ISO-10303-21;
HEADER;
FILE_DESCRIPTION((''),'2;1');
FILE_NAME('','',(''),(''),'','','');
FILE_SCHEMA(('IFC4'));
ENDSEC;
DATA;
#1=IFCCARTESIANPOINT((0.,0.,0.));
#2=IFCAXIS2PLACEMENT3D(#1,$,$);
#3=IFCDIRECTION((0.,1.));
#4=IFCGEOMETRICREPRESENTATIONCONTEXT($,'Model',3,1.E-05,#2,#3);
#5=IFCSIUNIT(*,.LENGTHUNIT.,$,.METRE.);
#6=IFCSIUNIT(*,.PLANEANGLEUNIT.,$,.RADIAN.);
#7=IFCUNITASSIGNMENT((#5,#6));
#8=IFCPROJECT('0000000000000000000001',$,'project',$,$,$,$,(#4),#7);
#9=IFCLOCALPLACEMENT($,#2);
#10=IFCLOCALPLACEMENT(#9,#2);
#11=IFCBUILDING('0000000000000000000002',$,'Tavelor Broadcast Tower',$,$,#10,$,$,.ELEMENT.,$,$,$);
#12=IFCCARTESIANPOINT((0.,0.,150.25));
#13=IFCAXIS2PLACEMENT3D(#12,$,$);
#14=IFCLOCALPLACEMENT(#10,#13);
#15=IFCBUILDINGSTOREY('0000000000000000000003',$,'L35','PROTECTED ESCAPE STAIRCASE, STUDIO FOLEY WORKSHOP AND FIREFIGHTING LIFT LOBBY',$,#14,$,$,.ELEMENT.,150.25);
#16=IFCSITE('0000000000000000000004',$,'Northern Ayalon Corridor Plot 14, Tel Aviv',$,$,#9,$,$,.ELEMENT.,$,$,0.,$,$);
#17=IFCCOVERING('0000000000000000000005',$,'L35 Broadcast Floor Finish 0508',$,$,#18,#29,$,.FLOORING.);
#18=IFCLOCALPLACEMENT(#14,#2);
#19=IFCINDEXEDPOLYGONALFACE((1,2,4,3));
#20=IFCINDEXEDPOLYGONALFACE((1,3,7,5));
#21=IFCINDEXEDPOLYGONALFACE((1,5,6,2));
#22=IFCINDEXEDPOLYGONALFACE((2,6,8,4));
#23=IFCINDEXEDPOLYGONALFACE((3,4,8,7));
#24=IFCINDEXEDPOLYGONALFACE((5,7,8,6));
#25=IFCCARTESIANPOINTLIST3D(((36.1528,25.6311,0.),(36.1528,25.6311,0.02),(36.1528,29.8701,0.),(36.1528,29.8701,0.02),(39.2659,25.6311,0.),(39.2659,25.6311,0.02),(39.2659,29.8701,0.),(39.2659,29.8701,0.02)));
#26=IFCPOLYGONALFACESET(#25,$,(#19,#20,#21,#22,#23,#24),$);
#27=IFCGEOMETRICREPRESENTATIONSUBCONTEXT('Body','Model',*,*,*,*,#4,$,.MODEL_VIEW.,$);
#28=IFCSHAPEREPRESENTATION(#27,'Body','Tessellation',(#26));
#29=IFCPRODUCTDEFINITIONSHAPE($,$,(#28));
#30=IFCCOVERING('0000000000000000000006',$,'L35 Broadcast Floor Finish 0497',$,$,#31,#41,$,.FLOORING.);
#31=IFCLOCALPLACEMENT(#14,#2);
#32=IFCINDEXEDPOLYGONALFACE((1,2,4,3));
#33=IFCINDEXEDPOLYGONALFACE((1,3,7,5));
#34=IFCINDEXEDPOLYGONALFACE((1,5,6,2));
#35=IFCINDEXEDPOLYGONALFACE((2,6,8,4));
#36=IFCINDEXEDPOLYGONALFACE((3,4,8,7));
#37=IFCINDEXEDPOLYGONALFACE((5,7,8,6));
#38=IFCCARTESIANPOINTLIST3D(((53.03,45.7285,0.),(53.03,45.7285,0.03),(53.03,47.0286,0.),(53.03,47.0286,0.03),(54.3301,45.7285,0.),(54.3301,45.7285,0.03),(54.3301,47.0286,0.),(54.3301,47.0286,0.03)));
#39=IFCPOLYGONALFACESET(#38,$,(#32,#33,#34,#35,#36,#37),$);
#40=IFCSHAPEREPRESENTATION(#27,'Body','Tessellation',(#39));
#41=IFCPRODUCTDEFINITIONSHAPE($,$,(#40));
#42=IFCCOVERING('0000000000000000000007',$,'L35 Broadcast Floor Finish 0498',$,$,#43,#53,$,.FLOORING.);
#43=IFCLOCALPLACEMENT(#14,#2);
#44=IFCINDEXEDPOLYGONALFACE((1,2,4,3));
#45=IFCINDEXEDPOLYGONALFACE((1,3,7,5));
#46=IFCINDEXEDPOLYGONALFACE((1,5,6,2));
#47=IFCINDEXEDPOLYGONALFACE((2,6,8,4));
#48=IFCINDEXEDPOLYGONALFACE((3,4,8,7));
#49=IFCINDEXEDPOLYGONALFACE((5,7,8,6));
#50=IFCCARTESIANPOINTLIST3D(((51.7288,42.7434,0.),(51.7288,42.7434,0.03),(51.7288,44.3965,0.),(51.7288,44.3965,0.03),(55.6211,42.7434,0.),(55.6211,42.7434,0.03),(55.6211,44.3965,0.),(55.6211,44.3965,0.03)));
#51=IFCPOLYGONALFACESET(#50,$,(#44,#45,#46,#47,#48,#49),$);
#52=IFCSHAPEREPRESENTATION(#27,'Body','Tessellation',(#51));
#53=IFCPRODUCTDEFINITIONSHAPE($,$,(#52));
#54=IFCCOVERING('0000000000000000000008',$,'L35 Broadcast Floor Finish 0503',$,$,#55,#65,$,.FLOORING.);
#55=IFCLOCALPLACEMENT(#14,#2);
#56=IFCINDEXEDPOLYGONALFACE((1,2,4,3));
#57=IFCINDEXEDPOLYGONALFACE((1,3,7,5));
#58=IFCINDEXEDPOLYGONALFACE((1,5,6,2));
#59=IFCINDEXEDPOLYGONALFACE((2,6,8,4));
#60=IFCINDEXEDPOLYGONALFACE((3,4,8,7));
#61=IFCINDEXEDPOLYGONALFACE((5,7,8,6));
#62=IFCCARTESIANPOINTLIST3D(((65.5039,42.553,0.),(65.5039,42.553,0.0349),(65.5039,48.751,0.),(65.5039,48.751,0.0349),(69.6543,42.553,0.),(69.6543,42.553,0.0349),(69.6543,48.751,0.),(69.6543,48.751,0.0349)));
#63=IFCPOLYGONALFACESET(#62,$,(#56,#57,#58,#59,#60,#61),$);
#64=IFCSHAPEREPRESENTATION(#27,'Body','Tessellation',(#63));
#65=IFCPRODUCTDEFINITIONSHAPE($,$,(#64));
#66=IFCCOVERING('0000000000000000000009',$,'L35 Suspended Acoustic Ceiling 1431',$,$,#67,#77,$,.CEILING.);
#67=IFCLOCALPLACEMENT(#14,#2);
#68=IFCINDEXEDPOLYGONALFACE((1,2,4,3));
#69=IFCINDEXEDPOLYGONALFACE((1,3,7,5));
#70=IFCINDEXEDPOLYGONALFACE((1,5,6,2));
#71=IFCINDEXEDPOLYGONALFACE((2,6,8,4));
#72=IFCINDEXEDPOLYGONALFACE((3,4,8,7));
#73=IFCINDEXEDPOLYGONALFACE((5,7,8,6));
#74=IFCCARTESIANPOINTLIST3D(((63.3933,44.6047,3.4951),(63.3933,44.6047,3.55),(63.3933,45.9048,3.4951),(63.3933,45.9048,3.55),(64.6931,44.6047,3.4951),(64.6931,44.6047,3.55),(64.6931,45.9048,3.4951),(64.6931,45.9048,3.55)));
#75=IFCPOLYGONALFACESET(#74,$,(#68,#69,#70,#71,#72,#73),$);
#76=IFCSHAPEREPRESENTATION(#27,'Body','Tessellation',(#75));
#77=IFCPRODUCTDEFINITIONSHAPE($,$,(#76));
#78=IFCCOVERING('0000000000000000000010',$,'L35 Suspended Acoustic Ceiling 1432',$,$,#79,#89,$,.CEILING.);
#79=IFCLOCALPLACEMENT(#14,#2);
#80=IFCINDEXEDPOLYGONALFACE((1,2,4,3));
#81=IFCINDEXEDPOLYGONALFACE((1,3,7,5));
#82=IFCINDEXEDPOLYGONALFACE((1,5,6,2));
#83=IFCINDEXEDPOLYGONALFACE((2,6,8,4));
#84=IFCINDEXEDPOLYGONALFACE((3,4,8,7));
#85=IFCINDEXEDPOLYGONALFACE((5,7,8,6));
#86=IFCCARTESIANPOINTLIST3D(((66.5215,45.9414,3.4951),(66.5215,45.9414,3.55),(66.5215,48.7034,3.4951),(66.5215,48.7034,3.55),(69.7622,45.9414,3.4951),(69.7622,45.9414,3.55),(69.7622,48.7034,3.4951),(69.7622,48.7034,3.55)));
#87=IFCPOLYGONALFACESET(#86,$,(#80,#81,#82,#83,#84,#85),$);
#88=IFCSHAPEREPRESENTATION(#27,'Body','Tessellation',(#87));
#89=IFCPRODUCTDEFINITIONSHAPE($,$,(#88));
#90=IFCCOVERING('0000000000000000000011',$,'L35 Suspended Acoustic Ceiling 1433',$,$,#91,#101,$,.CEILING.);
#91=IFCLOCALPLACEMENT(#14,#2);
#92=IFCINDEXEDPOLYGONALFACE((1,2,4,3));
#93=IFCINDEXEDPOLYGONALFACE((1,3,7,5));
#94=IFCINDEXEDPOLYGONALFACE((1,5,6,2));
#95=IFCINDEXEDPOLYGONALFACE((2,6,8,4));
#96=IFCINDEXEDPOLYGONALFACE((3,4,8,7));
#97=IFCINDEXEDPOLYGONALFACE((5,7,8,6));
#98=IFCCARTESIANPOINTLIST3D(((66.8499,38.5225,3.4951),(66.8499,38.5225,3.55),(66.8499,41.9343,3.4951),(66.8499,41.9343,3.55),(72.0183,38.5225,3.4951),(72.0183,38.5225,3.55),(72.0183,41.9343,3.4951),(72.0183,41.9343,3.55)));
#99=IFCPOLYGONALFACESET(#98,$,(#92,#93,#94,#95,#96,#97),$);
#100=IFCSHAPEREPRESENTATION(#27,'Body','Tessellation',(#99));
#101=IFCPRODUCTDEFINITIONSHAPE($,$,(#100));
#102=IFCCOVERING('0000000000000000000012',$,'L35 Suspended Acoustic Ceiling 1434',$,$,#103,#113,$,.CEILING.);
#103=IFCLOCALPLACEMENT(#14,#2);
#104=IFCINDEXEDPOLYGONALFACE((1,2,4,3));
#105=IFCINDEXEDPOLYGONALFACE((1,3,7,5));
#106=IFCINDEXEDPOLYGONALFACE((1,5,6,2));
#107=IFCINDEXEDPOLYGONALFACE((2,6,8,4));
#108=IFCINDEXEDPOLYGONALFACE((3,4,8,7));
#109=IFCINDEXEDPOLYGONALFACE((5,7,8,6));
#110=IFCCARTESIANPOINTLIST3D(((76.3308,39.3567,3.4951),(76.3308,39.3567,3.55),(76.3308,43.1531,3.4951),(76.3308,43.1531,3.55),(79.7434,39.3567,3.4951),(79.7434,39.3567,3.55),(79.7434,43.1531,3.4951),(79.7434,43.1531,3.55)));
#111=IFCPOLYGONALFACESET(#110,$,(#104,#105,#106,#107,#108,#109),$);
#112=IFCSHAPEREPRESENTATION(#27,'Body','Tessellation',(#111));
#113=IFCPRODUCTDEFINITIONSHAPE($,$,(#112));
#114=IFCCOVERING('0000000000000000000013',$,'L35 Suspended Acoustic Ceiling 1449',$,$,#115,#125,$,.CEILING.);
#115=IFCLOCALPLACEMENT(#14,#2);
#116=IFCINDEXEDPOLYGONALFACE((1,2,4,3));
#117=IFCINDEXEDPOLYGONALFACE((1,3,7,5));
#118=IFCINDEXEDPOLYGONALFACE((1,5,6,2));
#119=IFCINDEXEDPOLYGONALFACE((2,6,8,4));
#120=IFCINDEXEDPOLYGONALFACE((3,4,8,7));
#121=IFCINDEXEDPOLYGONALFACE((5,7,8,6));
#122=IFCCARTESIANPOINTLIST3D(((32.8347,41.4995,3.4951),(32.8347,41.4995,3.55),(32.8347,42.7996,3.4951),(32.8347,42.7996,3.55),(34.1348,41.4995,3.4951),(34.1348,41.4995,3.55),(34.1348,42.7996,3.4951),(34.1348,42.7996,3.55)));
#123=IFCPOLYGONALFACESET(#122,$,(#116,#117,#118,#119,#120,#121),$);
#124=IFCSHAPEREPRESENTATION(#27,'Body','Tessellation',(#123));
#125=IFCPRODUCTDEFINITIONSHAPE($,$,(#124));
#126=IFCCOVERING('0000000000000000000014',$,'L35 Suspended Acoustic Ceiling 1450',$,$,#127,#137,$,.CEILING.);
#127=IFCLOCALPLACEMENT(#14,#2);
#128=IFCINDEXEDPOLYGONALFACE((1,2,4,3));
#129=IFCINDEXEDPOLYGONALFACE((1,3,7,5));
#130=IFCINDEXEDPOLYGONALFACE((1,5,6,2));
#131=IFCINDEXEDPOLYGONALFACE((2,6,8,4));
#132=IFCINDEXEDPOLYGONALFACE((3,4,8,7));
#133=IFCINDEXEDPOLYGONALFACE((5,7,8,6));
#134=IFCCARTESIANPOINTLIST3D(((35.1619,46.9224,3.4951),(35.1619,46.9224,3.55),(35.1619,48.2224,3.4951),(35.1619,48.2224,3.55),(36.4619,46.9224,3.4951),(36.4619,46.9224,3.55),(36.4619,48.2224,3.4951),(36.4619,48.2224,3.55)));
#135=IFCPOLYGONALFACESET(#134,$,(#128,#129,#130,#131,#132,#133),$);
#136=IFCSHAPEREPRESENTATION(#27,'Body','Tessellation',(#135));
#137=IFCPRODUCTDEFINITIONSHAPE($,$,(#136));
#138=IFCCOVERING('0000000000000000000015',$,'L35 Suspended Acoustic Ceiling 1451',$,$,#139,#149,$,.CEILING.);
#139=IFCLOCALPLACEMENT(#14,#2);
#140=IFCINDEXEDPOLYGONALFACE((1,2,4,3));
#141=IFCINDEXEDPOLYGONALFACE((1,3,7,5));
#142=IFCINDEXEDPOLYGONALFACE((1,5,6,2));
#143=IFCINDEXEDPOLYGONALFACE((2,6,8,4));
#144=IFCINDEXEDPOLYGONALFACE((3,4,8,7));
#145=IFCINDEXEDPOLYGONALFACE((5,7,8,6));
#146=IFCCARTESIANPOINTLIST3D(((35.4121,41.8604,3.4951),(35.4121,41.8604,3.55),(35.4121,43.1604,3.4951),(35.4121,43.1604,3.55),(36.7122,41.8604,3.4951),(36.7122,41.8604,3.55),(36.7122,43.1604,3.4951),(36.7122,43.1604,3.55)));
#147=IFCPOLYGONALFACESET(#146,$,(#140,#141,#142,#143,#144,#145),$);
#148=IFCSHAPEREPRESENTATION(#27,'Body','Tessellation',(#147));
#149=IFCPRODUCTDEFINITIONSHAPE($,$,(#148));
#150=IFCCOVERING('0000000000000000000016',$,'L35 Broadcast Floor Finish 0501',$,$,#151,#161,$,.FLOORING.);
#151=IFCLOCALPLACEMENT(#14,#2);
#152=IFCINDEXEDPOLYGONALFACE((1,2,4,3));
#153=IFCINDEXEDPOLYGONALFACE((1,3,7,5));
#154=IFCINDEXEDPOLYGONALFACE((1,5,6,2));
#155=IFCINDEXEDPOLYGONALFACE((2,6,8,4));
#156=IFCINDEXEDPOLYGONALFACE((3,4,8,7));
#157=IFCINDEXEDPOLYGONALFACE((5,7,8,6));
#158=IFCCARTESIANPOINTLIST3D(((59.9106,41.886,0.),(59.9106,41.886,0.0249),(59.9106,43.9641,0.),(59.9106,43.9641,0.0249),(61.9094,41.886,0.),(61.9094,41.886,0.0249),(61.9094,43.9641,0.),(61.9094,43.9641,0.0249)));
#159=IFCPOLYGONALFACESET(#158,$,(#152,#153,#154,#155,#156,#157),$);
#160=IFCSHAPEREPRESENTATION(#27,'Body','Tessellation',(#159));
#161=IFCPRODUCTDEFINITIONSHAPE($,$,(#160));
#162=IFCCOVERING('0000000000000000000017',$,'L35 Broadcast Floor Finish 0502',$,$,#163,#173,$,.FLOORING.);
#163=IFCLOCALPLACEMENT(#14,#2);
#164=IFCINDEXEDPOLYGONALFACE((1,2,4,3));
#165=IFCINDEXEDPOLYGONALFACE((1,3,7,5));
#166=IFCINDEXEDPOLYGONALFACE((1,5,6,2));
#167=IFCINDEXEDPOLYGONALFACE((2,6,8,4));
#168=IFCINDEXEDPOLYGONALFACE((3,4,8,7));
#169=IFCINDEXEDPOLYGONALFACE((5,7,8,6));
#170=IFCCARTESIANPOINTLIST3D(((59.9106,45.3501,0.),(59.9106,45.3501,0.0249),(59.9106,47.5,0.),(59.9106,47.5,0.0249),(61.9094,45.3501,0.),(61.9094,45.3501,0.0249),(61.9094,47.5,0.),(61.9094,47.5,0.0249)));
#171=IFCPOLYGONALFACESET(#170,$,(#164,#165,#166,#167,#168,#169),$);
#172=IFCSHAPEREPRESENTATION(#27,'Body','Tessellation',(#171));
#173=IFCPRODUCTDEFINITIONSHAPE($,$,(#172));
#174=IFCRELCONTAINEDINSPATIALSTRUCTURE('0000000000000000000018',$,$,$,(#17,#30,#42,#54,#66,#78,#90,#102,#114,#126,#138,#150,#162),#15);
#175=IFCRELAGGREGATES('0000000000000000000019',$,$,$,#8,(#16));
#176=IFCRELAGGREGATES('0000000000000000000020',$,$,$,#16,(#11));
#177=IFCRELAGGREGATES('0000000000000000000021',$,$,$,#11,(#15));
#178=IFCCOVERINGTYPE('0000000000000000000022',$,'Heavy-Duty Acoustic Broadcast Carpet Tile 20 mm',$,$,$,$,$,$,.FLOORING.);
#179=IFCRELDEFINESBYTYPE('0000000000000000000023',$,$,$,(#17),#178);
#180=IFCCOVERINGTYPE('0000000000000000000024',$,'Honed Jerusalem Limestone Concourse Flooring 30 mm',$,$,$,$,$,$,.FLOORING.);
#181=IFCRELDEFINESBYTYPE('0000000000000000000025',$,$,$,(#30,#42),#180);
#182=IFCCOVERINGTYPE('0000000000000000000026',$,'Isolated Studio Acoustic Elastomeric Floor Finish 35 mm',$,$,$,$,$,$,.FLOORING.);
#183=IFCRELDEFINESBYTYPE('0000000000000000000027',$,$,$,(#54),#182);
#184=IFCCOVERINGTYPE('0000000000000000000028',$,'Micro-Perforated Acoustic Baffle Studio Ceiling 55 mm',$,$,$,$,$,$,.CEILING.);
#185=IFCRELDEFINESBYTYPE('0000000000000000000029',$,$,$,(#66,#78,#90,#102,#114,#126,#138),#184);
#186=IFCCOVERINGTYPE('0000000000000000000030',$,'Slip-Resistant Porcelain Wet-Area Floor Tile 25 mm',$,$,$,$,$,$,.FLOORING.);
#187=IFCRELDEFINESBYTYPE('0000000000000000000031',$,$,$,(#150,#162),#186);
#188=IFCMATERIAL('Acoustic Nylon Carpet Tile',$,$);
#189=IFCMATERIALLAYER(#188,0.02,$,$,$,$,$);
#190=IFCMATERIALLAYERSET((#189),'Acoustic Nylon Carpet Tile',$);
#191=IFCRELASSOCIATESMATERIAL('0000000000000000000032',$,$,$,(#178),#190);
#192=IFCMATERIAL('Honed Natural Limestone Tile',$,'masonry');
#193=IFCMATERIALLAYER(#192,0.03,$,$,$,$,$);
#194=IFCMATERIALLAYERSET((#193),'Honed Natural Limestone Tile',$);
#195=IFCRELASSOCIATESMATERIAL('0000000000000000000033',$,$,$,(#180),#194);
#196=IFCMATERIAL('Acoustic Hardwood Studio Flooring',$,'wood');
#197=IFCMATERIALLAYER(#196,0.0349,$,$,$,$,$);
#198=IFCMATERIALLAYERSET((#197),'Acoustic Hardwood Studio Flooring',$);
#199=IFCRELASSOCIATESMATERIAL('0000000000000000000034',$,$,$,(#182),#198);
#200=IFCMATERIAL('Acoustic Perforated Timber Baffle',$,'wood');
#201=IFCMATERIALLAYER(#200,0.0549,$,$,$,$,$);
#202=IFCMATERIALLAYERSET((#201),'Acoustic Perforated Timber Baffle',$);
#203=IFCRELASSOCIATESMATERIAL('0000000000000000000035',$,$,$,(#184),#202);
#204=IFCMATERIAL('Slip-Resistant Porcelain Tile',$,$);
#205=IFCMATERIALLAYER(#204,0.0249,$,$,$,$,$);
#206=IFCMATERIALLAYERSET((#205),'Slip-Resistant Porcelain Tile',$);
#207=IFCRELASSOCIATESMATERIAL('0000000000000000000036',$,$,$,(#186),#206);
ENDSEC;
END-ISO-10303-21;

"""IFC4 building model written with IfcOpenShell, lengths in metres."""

from ifc_helpers import new_model, si_unit, direction, frame, origin, place, context, subcontext, project, spatial, polyline, outline, extrude, material, layer, layer_set, type_object, element, save


model = new_model("IFC4")

# Units and contexts
model_context = context("Model", 3, precision=1e-05, world=origin(), true_north=direction((0.0, 1.0)))
body_context = subcontext(model_context, "Body", "Model", "MODEL_VIEW")
ifc_project = project(units=[si_unit("LENGTHUNIT", "METRE"), si_unit("PLANEANGLEUNIT", "RADIAN")], contexts=[model_context])

# Site, building, storey
site_placement = place(None, origin())
site = spatial("IfcSite", under=ifc_project, at=site_placement, Name="Northern Ayalon Corridor Plot 14, Tel Aviv", CompositionType="ELEMENT", RefElevation=0.0)
building_placement = place(site_placement, origin())
building = spatial("IfcBuilding", under=site, at=building_placement, Name="Tavelor Broadcast Tower", CompositionType="ELEMENT")
storey_placement = place(building_placement, frame((0.0, 0.0, 150.25)))
storey = spatial("IfcBuildingStorey", under=building, at=storey_placement, Name="L35", Description="PROTECTED ESCAPE STAIRCASE, STUDIO FOLEY WORKSHOP AND FIREFIGHTING LIFT LOBBY", CompositionType="ELEMENT", Elevation=150.25)

# Coverings
ifc_material_1 = material(Name="Acoustic Nylon Carpet Tile")
ifc_layer_1 = layer(ifc_material_1, 0.02)
ifc_layer_set_1 = layer_set([ifc_layer_1], Name="Acoustic Nylon Carpet Tile")
covering_type_1 = type_object("IfcCoveringType", Name="Heavy-Duty Acoustic Broadcast Carpet Tile 20 mm", PredefinedType="FLOORING", material=ifc_layer_set_1)
covering_1_placement = place(storey_placement, origin())
element("IfcCovering", 1, at=covering_1_placement, inside=storey, type_object=covering_type_1, Name="L35 Broadcast Floor Finish 0508", PredefinedType="FLOORING", context=body_context, shape_type="SweptSolid", body=[
    extrude(outline(polyline([(36.1528, 25.6311), (39.2659, 25.6311), (39.2659, 29.8701), (36.1528, 29.8701), (36.1528, 25.6311)])), origin(), (0.0, 0.0, 1.0), 0.02),
])
ifc_material_2 = material(Name="Honed Natural Limestone Tile", Category="masonry")
ifc_layer_2 = layer(ifc_material_2, 0.03)
ifc_layer_set_2 = layer_set([ifc_layer_2], Name="Honed Natural Limestone Tile")
covering_type_2 = type_object("IfcCoveringType", Name="Honed Jerusalem Limestone Concourse Flooring 30 mm", PredefinedType="FLOORING", material=ifc_layer_set_2)
covering_2_placement = place(storey_placement, origin())
element("IfcCovering", 2, at=covering_2_placement, inside=storey, type_object=covering_type_2, Name="L35 Broadcast Floor Finish 0497", PredefinedType="FLOORING", context=body_context, shape_type="SweptSolid", body=[
    extrude(outline(polyline([(53.03, 45.7285), (54.3301, 45.7285), (54.3301, 47.0286), (53.03, 47.0286), (53.03, 45.7285)])), origin(), (0.0, 0.0, 1.0), 0.03),
])
covering_3_placement = place(storey_placement, origin())
element("IfcCovering", 3, at=covering_3_placement, inside=storey, type_object=covering_type_2, Name="L35 Broadcast Floor Finish 0498", PredefinedType="FLOORING", context=body_context, shape_type="SweptSolid", body=[
    extrude(outline(polyline([(51.7288, 42.7434), (55.6211, 42.7434), (55.6211, 44.3965), (51.7288, 44.3965), (51.7288, 42.7434)])), origin(), (0.0, 0.0, 1.0), 0.03),
])
ifc_material_3 = material(Name="Acoustic Hardwood Studio Flooring", Category="wood")
ifc_layer_3 = layer(ifc_material_3, 0.0349)
ifc_layer_set_3 = layer_set([ifc_layer_3], Name="Acoustic Hardwood Studio Flooring")
covering_type_3 = type_object("IfcCoveringType", Name="Isolated Studio Acoustic Elastomeric Floor Finish 35 mm", PredefinedType="FLOORING", material=ifc_layer_set_3)
covering_4_placement = place(storey_placement, origin())
element("IfcCovering", 4, at=covering_4_placement, inside=storey, type_object=covering_type_3, Name="L35 Broadcast Floor Finish 0503", PredefinedType="FLOORING", context=body_context, shape_type="SweptSolid", body=[
    extrude(outline(polyline([(65.5039, 42.553), (69.6543, 42.553), (69.6543, 48.751), (65.5039, 48.751), (65.5039, 42.553)])), origin(), (0.0, 0.0, 1.0), 0.0349),
])
ifc_material_4 = material(Name="Acoustic Perforated Timber Baffle", Category="wood")
ifc_layer_4 = layer(ifc_material_4, 0.0549)
ifc_layer_set_4 = layer_set([ifc_layer_4], Name="Acoustic Perforated Timber Baffle")
covering_type_4 = type_object("IfcCoveringType", Name="Micro-Perforated Acoustic Baffle Studio Ceiling 55 mm", PredefinedType="CEILING", material=ifc_layer_set_4)
covering_5_placement = place(storey_placement, frame((0.0, 0.0, 3.4951)))
element("IfcCovering", 5, at=covering_5_placement, inside=storey, type_object=covering_type_4, Name="L35 Suspended Acoustic Ceiling 1431", PredefinedType="CEILING", context=body_context, shape_type="SweptSolid", body=[
    extrude(outline(polyline([(63.3933, 44.6047), (64.6931, 44.6047), (64.6931, 45.9048), (63.3933, 45.9048), (63.3933, 44.6047)])), origin(), (0.0, 0.0, 1.0), 0.0549),
])
covering_6_placement = place(storey_placement, frame((0.0, 0.0, 3.4951)))
element("IfcCovering", 6, at=covering_6_placement, inside=storey, type_object=covering_type_4, Name="L35 Suspended Acoustic Ceiling 1432", PredefinedType="CEILING", context=body_context, shape_type="SweptSolid", body=[
    extrude(outline(polyline([(66.5215, 45.9414), (69.7622, 45.9414), (69.7622, 48.7034), (66.5215, 48.7034), (66.5215, 45.9414)])), origin(), (0.0, 0.0, 1.0), 0.0549),
])
covering_7_placement = place(storey_placement, frame((0.0, 0.0, 3.4951)))
element("IfcCovering", 7, at=covering_7_placement, inside=storey, type_object=covering_type_4, Name="L35 Suspended Acoustic Ceiling 1433", PredefinedType="CEILING", context=body_context, shape_type="SweptSolid", body=[
    extrude(outline(polyline([(66.8499, 38.5225), (72.0183, 38.5225), (72.0183, 41.9343), (66.8499, 41.9343), (66.8499, 38.5225)])), origin(), (0.0, 0.0, 1.0), 0.0549),
])
covering_8_placement = place(storey_placement, frame((0.0, 0.0, 3.4951)))
element("IfcCovering", 8, at=covering_8_placement, inside=storey, type_object=covering_type_4, Name="L35 Suspended Acoustic Ceiling 1434", PredefinedType="CEILING", context=body_context, shape_type="SweptSolid", body=[
    extrude(outline(polyline([(76.3308, 39.3567), (79.7434, 39.3567), (79.7434, 43.1531), (76.3308, 43.1531), (76.3308, 39.3567)])), origin(), (0.0, 0.0, 1.0), 0.0549),
])
covering_9_placement = place(storey_placement, frame((0.0, 0.0, 3.4951)))
element("IfcCovering", 9, at=covering_9_placement, inside=storey, type_object=covering_type_4, Name="L35 Suspended Acoustic Ceiling 1449", PredefinedType="CEILING", context=body_context, shape_type="SweptSolid", body=[
    extrude(outline(polyline([(32.8347, 41.4995), (34.1348, 41.4995), (34.1348, 42.7996), (32.8347, 42.7996), (32.8347, 41.4995)])), origin(), (0.0, 0.0, 1.0), 0.0549),
])
covering_10_placement = place(storey_placement, frame((0.0, 0.0, 3.4951)))
element("IfcCovering", 10, at=covering_10_placement, inside=storey, type_object=covering_type_4, Name="L35 Suspended Acoustic Ceiling 1450", PredefinedType="CEILING", context=body_context, shape_type="SweptSolid", body=[
    extrude(outline(polyline([(35.1619, 46.9224), (36.4619, 46.9224), (36.4619, 48.2224), (35.1619, 48.2224), (35.1619, 46.9224)])), origin(), (0.0, 0.0, 1.0), 0.0549),
])
covering_11_placement = place(storey_placement, frame((0.0, 0.0, 3.4951)))
element("IfcCovering", 11, at=covering_11_placement, inside=storey, type_object=covering_type_4, Name="L35 Suspended Acoustic Ceiling 1451", PredefinedType="CEILING", context=body_context, shape_type="SweptSolid", body=[
    extrude(outline(polyline([(35.4121, 41.8604), (36.7122, 41.8604), (36.7122, 43.1604), (35.4121, 43.1604), (35.4121, 41.8604)])), origin(), (0.0, 0.0, 1.0), 0.0549),
])
ifc_material_5 = material(Name="Slip-Resistant Porcelain Tile")
ifc_layer_5 = layer(ifc_material_5, 0.0249)
ifc_layer_set_5 = layer_set([ifc_layer_5], Name="Slip-Resistant Porcelain Tile")
covering_type_5 = type_object("IfcCoveringType", Name="Slip-Resistant Porcelain Wet-Area Floor Tile 25 mm", PredefinedType="FLOORING", material=ifc_layer_set_5)
covering_12_placement = place(storey_placement, origin())
element("IfcCovering", 12, at=covering_12_placement, inside=storey, type_object=covering_type_5, Name="L35 Broadcast Floor Finish 0501", PredefinedType="FLOORING", context=body_context, shape_type="SweptSolid", body=[
    extrude(outline(polyline([(59.9106, 41.886), (61.9094, 41.886), (61.9094, 43.9641), (59.9106, 43.9641), (59.9106, 41.886)])), origin(), (0.0, 0.0, 1.0), 0.0249),
])
covering_13_placement = place(storey_placement, origin())
element("IfcCovering", 13, at=covering_13_placement, inside=storey, type_object=covering_type_5, Name="L35 Broadcast Floor Finish 0502", PredefinedType="FLOORING", context=body_context, shape_type="SweptSolid", body=[
    extrude(outline(polyline([(59.9106, 45.3501), (61.9094, 45.3501), (61.9094, 47.5), (59.9106, 47.5), (59.9106, 45.3501)])), origin(), (0.0, 0.0, 1.0), 0.0249),
])

save(model, "model.ifc")
